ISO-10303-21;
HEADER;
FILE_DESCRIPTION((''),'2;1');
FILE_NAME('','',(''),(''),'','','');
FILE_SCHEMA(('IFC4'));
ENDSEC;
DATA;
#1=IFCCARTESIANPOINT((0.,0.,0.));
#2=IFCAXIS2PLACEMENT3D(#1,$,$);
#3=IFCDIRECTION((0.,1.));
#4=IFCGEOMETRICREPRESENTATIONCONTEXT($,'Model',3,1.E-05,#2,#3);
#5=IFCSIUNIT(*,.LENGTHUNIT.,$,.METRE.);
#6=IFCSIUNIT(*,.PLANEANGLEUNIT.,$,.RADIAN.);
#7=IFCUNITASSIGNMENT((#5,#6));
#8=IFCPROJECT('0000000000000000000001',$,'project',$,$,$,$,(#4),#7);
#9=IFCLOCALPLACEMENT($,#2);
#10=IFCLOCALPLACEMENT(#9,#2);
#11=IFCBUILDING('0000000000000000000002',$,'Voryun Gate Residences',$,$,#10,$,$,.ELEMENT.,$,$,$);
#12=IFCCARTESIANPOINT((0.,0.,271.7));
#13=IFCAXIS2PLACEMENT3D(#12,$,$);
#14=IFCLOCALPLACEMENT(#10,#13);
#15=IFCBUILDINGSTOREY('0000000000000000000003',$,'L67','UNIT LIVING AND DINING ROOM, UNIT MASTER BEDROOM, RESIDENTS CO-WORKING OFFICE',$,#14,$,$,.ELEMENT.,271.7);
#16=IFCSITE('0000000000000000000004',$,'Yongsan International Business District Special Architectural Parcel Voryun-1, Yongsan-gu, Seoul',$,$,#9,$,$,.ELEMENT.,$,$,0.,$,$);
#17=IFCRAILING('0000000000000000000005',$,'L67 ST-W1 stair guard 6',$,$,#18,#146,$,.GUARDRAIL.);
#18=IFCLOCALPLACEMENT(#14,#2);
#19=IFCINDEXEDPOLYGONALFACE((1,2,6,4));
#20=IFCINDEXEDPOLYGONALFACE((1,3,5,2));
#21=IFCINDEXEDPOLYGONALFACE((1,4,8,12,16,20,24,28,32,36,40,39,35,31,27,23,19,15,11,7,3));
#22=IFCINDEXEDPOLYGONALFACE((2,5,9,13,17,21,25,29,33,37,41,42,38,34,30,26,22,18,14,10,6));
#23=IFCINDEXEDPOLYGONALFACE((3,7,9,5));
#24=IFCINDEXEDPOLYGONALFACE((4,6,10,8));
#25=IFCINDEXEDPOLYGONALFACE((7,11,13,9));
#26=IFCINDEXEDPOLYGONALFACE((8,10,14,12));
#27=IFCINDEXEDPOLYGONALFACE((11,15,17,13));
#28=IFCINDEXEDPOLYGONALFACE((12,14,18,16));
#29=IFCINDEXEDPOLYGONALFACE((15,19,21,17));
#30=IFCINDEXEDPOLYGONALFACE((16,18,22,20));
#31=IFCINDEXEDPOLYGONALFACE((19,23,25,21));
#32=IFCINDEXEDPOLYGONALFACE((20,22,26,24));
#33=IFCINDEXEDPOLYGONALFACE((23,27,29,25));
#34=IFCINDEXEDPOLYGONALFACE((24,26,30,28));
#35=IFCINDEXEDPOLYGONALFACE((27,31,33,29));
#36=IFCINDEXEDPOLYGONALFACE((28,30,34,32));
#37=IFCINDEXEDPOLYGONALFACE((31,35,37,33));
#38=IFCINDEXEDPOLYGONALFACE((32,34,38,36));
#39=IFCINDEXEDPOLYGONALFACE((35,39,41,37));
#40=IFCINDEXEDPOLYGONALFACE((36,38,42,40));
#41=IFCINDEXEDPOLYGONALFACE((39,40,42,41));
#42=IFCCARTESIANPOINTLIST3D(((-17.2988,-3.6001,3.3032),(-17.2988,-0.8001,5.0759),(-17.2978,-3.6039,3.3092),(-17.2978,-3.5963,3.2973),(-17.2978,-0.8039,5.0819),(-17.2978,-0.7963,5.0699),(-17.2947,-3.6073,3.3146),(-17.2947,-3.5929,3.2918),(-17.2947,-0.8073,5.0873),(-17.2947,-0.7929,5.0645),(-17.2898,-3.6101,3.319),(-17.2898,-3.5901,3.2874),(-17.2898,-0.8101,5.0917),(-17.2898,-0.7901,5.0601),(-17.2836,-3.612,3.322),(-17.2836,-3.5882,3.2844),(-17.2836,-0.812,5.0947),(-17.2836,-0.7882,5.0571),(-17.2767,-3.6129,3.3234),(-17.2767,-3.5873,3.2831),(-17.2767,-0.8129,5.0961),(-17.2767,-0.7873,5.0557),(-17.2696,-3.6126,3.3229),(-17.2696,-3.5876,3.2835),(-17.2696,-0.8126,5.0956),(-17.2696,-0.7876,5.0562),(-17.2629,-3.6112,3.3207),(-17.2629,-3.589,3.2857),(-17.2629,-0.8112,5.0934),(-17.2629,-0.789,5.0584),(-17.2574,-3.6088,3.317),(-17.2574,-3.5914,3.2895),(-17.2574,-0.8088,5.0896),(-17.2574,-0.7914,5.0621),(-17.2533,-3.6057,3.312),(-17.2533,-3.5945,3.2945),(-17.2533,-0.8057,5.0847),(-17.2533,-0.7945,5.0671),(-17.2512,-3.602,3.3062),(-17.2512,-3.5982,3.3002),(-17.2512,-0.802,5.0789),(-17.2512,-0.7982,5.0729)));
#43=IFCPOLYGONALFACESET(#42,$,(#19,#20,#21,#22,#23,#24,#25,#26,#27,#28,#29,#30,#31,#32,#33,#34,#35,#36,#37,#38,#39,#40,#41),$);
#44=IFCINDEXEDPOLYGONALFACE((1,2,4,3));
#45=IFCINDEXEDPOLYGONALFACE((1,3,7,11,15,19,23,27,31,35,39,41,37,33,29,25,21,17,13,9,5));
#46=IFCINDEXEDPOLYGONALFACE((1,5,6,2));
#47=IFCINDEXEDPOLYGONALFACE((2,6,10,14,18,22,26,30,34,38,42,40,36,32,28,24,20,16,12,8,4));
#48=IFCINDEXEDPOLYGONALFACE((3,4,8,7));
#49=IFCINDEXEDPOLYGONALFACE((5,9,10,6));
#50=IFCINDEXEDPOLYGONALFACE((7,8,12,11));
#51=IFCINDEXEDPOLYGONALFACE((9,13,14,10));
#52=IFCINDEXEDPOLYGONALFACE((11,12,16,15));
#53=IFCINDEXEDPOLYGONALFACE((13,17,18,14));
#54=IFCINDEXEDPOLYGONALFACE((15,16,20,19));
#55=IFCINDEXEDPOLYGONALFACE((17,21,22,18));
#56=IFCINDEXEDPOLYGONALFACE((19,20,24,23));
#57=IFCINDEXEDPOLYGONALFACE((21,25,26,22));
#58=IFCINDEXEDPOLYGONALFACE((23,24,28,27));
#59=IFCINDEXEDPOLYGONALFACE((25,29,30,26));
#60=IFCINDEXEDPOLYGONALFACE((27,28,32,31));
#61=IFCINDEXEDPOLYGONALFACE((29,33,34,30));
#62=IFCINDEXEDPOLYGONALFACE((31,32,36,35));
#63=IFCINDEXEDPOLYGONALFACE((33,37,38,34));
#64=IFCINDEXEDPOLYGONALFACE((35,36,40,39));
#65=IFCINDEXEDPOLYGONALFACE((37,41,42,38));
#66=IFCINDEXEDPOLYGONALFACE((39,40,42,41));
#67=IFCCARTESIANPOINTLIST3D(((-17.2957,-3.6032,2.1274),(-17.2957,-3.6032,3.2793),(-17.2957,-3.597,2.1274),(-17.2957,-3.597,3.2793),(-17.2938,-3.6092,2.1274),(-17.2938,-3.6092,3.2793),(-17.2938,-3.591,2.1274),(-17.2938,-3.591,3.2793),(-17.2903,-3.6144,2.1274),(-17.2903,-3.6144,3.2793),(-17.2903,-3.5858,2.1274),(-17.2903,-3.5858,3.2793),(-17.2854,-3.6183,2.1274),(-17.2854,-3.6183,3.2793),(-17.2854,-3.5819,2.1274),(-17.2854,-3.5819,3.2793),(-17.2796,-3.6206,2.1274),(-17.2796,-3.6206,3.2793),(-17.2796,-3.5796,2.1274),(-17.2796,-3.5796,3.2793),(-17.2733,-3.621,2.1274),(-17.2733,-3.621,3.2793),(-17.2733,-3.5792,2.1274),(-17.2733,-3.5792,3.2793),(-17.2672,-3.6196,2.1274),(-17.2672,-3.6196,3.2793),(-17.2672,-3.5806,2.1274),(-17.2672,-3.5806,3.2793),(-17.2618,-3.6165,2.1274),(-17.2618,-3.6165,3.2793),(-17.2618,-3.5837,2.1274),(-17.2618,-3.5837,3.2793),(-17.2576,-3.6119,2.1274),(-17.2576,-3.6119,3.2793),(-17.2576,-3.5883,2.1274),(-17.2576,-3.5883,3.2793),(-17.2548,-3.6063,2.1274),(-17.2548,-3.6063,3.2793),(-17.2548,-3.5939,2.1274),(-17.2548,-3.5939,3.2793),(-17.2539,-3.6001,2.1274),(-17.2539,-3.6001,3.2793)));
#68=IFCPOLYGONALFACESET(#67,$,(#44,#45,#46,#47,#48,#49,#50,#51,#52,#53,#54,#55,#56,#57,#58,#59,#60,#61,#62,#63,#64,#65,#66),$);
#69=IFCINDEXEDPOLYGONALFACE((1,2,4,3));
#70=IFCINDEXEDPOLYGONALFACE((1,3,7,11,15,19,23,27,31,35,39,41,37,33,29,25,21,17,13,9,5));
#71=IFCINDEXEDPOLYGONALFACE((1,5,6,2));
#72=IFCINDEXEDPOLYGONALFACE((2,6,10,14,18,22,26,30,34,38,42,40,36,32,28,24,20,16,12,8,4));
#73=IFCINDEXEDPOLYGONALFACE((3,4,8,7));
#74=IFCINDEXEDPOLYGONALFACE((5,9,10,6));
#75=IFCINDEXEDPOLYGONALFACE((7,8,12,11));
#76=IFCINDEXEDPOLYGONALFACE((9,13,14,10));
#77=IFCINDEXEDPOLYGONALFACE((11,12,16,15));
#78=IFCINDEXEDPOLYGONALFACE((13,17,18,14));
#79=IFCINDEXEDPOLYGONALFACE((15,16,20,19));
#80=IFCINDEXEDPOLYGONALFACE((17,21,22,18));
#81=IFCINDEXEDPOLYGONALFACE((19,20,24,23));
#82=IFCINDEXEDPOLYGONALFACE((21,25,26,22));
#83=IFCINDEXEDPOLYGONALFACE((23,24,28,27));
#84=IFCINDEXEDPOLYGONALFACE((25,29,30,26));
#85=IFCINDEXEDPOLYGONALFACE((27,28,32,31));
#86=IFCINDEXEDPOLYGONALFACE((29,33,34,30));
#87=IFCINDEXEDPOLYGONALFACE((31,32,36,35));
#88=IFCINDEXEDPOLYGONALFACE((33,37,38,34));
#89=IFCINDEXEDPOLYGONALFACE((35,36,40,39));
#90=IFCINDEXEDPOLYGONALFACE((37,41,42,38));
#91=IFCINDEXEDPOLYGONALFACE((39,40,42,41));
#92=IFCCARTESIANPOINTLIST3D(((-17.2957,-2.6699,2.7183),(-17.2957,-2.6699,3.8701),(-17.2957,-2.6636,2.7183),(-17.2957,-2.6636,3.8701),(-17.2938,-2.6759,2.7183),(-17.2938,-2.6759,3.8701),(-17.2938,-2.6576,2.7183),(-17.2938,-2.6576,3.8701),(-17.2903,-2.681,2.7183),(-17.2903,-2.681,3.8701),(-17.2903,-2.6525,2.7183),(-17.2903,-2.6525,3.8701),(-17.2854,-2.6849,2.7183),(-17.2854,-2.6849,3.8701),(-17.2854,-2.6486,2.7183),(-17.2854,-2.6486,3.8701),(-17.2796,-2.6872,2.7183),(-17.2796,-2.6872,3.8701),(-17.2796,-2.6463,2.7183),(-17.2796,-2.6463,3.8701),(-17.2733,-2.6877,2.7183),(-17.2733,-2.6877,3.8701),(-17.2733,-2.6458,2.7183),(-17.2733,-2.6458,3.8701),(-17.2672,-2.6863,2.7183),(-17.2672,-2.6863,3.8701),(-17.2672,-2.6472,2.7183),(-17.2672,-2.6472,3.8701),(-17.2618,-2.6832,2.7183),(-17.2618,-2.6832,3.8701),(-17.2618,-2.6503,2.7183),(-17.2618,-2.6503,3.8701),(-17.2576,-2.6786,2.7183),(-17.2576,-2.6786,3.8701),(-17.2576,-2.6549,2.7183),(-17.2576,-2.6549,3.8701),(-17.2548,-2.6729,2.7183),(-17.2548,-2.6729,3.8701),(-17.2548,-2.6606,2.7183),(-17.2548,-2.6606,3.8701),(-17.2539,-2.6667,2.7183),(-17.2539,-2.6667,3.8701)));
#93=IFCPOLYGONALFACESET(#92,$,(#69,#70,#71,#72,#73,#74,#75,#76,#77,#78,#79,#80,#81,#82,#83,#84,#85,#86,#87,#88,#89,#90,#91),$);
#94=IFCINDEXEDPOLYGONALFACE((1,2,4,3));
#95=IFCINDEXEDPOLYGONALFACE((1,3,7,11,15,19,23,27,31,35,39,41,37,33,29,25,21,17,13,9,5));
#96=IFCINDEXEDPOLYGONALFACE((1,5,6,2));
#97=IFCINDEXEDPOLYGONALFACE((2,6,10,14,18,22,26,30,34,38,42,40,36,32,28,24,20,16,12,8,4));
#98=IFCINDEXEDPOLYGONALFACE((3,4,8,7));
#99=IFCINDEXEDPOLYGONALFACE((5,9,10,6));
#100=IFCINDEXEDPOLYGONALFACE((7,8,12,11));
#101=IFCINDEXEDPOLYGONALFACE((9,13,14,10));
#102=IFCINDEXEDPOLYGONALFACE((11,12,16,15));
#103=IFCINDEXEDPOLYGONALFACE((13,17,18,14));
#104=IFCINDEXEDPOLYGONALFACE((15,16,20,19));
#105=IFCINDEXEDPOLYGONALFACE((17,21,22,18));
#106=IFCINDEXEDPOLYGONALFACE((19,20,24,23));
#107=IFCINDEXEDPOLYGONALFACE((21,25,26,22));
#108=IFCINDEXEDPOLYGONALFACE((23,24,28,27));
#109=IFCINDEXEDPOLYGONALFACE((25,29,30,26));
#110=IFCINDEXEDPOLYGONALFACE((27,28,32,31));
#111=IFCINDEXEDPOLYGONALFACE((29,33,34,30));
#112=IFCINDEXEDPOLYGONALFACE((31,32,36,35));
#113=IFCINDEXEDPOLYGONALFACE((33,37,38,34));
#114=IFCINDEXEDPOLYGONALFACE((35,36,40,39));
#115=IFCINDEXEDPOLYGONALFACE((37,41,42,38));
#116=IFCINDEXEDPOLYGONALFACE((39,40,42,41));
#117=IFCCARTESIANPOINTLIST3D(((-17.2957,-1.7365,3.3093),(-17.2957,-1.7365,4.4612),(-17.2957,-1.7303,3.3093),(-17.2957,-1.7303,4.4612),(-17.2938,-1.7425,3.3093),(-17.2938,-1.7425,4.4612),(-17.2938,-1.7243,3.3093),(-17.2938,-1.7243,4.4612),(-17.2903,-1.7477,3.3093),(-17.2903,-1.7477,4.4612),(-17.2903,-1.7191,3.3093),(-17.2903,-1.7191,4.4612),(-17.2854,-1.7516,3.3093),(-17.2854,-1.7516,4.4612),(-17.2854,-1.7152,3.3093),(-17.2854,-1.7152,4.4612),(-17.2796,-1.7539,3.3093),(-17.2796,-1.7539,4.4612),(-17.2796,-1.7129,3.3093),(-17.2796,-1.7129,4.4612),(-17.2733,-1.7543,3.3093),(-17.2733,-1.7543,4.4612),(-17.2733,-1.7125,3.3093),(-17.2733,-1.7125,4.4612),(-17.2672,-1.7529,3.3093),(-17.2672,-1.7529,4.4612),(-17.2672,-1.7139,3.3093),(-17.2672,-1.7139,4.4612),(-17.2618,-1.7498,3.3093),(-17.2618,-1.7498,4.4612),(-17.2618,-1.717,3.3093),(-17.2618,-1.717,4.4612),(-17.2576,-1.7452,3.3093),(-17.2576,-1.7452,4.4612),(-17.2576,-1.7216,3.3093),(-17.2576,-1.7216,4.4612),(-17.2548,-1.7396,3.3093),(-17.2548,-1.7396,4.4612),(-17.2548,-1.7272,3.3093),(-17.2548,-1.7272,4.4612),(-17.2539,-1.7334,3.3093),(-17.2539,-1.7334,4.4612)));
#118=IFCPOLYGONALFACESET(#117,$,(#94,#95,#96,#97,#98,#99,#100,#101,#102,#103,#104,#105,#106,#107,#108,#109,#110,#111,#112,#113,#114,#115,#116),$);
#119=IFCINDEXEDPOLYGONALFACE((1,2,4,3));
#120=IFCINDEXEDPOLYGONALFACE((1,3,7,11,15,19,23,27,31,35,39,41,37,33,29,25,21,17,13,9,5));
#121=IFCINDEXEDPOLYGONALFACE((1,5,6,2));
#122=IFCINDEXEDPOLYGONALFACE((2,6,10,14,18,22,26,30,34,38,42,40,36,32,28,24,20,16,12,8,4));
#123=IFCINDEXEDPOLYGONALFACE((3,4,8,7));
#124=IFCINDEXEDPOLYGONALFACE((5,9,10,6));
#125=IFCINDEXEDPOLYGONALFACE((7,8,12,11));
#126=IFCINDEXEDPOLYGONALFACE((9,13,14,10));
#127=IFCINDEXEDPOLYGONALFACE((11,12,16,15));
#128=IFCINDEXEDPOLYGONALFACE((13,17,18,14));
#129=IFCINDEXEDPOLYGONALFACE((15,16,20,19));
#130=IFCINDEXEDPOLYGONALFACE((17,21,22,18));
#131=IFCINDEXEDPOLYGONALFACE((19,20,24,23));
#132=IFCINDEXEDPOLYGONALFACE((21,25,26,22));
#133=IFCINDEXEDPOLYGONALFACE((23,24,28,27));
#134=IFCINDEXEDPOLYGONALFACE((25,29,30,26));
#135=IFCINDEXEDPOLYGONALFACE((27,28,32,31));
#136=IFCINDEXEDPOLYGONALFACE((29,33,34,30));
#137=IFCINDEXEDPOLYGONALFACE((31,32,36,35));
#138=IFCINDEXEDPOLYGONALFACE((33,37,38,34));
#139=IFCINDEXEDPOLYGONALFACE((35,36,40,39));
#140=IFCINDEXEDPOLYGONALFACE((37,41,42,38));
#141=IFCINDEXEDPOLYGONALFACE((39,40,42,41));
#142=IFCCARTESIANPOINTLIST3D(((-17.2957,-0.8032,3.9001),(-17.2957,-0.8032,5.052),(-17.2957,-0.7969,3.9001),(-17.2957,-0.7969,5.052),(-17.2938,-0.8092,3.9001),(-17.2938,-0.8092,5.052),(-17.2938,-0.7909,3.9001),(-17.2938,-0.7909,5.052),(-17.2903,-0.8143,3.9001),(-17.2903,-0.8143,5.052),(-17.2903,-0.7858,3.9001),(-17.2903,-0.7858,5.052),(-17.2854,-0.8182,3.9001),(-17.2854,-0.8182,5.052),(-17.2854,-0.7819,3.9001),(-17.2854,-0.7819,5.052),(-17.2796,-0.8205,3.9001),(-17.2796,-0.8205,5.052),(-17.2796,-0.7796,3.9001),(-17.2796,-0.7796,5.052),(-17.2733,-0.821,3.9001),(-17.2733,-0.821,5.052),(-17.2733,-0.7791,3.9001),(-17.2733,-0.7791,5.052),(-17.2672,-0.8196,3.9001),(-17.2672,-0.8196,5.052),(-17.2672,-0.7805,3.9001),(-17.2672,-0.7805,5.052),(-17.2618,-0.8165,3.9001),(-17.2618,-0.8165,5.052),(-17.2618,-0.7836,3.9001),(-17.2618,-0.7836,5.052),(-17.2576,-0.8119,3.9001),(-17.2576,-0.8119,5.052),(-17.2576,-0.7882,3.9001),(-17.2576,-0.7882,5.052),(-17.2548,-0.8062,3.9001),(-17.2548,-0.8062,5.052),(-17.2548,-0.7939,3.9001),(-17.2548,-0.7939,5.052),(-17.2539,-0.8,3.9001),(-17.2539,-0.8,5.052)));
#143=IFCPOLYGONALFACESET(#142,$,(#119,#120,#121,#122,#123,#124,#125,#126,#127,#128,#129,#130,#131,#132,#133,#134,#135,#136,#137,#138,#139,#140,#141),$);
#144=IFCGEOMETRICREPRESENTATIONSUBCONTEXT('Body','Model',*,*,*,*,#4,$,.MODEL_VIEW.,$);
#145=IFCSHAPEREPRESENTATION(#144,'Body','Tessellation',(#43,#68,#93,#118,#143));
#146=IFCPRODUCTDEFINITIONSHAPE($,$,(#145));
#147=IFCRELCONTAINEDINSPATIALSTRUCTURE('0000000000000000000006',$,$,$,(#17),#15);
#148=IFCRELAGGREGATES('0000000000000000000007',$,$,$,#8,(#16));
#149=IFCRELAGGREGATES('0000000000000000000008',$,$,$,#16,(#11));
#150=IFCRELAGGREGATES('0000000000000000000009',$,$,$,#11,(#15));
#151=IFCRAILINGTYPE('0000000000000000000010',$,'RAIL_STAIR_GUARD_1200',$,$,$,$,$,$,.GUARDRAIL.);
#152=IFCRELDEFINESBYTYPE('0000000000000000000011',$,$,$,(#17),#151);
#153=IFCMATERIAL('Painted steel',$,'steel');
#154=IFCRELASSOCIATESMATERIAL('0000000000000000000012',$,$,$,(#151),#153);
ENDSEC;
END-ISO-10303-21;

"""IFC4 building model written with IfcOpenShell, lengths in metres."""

from ifc_helpers import new_model, si_unit, direction, frame, origin, origin_2d, place, context, subcontext, project, spatial, circle, extrude, material, type_object, element, save


model = new_model("IFC4")

# Units and contexts
model_context = context("Model", 3, precision=1e-05, world=origin(), true_north=direction((0.0, 1.0)))
body_context = subcontext(model_context, "Body", "Model", "MODEL_VIEW")
ifc_project = project(units=[si_unit("LENGTHUNIT", "METRE"), si_unit("PLANEANGLEUNIT", "RADIAN")], contexts=[model_context])

# Site, building, storey
site_placement = place(None, origin())
site = spatial("IfcSite", under=ifc_project, at=site_placement, Name="Yongsan International Business District Special Architectural Parcel Voryun-1, Yongsan-gu, Seoul", CompositionType="ELEMENT", RefElevation=0.0)
building_placement = place(site_placement, origin())
building = spatial("IfcBuilding", under=site, at=building_placement, Name="Voryun Gate Residences", CompositionType="ELEMENT")
storey_placement = place(building_placement, frame((0.0, 0.0, 271.7)))
storey = spatial("IfcBuildingStorey", under=building, at=storey_placement, Name="L67", Description="UNIT LIVING AND DINING ROOM, UNIT MASTER BEDROOM, RESIDENTS CO-WORKING OFFICE", CompositionType="ELEMENT", Elevation=271.7)

# Railing
ifc_material_1 = material(Name="Painted steel", Category="steel")
railing_type_1 = type_object("IfcRailingType", Name="RAIL_STAIR_GUARD_1200", PredefinedType="GUARDRAIL", material=ifc_material_1)
railing_1_placement = place(storey_placement, frame((-17.2749, -3.6001, 2.1274)))
element("IfcRailing", 1, at=railing_1_placement, inside=storey, type_object=railing_type_1, Name="L67 ST-W1 stair guard 6", PredefinedType="GUARDRAIL", context=body_context, shape_type="SweptSolid", body=[
    extrude(circle(Radius=0.0239, at=origin_2d()), frame((0.0, 0.0, 1.1758), z_axis=(0.0, 0.844909, 0.53491), x_axis=(-1.0, 0.0, 0.0)), (0.0, 0.0, 1.0), 3.314),
    extrude(circle(Radius=0.021, at=origin_2d()), origin(), (0.0, 0.0, 1.0), 1.1519),
    extrude(circle(Radius=0.021, at=origin_2d()), frame((0.0, 0.9333, 0.5908)), (0.0, 0.0, 1.0), 1.1519),
    extrude(circle(Radius=0.021, at=origin_2d()), frame((0.0, 1.8667, 1.1819)), (0.0, 0.0, 1.0), 1.1519),
    extrude(circle(Radius=0.021, at=origin_2d()), frame((0.0, 2.8, 1.7727)), (0.0, 0.0, 1.0), 1.1519),
])

save(model, "model.ifc")
